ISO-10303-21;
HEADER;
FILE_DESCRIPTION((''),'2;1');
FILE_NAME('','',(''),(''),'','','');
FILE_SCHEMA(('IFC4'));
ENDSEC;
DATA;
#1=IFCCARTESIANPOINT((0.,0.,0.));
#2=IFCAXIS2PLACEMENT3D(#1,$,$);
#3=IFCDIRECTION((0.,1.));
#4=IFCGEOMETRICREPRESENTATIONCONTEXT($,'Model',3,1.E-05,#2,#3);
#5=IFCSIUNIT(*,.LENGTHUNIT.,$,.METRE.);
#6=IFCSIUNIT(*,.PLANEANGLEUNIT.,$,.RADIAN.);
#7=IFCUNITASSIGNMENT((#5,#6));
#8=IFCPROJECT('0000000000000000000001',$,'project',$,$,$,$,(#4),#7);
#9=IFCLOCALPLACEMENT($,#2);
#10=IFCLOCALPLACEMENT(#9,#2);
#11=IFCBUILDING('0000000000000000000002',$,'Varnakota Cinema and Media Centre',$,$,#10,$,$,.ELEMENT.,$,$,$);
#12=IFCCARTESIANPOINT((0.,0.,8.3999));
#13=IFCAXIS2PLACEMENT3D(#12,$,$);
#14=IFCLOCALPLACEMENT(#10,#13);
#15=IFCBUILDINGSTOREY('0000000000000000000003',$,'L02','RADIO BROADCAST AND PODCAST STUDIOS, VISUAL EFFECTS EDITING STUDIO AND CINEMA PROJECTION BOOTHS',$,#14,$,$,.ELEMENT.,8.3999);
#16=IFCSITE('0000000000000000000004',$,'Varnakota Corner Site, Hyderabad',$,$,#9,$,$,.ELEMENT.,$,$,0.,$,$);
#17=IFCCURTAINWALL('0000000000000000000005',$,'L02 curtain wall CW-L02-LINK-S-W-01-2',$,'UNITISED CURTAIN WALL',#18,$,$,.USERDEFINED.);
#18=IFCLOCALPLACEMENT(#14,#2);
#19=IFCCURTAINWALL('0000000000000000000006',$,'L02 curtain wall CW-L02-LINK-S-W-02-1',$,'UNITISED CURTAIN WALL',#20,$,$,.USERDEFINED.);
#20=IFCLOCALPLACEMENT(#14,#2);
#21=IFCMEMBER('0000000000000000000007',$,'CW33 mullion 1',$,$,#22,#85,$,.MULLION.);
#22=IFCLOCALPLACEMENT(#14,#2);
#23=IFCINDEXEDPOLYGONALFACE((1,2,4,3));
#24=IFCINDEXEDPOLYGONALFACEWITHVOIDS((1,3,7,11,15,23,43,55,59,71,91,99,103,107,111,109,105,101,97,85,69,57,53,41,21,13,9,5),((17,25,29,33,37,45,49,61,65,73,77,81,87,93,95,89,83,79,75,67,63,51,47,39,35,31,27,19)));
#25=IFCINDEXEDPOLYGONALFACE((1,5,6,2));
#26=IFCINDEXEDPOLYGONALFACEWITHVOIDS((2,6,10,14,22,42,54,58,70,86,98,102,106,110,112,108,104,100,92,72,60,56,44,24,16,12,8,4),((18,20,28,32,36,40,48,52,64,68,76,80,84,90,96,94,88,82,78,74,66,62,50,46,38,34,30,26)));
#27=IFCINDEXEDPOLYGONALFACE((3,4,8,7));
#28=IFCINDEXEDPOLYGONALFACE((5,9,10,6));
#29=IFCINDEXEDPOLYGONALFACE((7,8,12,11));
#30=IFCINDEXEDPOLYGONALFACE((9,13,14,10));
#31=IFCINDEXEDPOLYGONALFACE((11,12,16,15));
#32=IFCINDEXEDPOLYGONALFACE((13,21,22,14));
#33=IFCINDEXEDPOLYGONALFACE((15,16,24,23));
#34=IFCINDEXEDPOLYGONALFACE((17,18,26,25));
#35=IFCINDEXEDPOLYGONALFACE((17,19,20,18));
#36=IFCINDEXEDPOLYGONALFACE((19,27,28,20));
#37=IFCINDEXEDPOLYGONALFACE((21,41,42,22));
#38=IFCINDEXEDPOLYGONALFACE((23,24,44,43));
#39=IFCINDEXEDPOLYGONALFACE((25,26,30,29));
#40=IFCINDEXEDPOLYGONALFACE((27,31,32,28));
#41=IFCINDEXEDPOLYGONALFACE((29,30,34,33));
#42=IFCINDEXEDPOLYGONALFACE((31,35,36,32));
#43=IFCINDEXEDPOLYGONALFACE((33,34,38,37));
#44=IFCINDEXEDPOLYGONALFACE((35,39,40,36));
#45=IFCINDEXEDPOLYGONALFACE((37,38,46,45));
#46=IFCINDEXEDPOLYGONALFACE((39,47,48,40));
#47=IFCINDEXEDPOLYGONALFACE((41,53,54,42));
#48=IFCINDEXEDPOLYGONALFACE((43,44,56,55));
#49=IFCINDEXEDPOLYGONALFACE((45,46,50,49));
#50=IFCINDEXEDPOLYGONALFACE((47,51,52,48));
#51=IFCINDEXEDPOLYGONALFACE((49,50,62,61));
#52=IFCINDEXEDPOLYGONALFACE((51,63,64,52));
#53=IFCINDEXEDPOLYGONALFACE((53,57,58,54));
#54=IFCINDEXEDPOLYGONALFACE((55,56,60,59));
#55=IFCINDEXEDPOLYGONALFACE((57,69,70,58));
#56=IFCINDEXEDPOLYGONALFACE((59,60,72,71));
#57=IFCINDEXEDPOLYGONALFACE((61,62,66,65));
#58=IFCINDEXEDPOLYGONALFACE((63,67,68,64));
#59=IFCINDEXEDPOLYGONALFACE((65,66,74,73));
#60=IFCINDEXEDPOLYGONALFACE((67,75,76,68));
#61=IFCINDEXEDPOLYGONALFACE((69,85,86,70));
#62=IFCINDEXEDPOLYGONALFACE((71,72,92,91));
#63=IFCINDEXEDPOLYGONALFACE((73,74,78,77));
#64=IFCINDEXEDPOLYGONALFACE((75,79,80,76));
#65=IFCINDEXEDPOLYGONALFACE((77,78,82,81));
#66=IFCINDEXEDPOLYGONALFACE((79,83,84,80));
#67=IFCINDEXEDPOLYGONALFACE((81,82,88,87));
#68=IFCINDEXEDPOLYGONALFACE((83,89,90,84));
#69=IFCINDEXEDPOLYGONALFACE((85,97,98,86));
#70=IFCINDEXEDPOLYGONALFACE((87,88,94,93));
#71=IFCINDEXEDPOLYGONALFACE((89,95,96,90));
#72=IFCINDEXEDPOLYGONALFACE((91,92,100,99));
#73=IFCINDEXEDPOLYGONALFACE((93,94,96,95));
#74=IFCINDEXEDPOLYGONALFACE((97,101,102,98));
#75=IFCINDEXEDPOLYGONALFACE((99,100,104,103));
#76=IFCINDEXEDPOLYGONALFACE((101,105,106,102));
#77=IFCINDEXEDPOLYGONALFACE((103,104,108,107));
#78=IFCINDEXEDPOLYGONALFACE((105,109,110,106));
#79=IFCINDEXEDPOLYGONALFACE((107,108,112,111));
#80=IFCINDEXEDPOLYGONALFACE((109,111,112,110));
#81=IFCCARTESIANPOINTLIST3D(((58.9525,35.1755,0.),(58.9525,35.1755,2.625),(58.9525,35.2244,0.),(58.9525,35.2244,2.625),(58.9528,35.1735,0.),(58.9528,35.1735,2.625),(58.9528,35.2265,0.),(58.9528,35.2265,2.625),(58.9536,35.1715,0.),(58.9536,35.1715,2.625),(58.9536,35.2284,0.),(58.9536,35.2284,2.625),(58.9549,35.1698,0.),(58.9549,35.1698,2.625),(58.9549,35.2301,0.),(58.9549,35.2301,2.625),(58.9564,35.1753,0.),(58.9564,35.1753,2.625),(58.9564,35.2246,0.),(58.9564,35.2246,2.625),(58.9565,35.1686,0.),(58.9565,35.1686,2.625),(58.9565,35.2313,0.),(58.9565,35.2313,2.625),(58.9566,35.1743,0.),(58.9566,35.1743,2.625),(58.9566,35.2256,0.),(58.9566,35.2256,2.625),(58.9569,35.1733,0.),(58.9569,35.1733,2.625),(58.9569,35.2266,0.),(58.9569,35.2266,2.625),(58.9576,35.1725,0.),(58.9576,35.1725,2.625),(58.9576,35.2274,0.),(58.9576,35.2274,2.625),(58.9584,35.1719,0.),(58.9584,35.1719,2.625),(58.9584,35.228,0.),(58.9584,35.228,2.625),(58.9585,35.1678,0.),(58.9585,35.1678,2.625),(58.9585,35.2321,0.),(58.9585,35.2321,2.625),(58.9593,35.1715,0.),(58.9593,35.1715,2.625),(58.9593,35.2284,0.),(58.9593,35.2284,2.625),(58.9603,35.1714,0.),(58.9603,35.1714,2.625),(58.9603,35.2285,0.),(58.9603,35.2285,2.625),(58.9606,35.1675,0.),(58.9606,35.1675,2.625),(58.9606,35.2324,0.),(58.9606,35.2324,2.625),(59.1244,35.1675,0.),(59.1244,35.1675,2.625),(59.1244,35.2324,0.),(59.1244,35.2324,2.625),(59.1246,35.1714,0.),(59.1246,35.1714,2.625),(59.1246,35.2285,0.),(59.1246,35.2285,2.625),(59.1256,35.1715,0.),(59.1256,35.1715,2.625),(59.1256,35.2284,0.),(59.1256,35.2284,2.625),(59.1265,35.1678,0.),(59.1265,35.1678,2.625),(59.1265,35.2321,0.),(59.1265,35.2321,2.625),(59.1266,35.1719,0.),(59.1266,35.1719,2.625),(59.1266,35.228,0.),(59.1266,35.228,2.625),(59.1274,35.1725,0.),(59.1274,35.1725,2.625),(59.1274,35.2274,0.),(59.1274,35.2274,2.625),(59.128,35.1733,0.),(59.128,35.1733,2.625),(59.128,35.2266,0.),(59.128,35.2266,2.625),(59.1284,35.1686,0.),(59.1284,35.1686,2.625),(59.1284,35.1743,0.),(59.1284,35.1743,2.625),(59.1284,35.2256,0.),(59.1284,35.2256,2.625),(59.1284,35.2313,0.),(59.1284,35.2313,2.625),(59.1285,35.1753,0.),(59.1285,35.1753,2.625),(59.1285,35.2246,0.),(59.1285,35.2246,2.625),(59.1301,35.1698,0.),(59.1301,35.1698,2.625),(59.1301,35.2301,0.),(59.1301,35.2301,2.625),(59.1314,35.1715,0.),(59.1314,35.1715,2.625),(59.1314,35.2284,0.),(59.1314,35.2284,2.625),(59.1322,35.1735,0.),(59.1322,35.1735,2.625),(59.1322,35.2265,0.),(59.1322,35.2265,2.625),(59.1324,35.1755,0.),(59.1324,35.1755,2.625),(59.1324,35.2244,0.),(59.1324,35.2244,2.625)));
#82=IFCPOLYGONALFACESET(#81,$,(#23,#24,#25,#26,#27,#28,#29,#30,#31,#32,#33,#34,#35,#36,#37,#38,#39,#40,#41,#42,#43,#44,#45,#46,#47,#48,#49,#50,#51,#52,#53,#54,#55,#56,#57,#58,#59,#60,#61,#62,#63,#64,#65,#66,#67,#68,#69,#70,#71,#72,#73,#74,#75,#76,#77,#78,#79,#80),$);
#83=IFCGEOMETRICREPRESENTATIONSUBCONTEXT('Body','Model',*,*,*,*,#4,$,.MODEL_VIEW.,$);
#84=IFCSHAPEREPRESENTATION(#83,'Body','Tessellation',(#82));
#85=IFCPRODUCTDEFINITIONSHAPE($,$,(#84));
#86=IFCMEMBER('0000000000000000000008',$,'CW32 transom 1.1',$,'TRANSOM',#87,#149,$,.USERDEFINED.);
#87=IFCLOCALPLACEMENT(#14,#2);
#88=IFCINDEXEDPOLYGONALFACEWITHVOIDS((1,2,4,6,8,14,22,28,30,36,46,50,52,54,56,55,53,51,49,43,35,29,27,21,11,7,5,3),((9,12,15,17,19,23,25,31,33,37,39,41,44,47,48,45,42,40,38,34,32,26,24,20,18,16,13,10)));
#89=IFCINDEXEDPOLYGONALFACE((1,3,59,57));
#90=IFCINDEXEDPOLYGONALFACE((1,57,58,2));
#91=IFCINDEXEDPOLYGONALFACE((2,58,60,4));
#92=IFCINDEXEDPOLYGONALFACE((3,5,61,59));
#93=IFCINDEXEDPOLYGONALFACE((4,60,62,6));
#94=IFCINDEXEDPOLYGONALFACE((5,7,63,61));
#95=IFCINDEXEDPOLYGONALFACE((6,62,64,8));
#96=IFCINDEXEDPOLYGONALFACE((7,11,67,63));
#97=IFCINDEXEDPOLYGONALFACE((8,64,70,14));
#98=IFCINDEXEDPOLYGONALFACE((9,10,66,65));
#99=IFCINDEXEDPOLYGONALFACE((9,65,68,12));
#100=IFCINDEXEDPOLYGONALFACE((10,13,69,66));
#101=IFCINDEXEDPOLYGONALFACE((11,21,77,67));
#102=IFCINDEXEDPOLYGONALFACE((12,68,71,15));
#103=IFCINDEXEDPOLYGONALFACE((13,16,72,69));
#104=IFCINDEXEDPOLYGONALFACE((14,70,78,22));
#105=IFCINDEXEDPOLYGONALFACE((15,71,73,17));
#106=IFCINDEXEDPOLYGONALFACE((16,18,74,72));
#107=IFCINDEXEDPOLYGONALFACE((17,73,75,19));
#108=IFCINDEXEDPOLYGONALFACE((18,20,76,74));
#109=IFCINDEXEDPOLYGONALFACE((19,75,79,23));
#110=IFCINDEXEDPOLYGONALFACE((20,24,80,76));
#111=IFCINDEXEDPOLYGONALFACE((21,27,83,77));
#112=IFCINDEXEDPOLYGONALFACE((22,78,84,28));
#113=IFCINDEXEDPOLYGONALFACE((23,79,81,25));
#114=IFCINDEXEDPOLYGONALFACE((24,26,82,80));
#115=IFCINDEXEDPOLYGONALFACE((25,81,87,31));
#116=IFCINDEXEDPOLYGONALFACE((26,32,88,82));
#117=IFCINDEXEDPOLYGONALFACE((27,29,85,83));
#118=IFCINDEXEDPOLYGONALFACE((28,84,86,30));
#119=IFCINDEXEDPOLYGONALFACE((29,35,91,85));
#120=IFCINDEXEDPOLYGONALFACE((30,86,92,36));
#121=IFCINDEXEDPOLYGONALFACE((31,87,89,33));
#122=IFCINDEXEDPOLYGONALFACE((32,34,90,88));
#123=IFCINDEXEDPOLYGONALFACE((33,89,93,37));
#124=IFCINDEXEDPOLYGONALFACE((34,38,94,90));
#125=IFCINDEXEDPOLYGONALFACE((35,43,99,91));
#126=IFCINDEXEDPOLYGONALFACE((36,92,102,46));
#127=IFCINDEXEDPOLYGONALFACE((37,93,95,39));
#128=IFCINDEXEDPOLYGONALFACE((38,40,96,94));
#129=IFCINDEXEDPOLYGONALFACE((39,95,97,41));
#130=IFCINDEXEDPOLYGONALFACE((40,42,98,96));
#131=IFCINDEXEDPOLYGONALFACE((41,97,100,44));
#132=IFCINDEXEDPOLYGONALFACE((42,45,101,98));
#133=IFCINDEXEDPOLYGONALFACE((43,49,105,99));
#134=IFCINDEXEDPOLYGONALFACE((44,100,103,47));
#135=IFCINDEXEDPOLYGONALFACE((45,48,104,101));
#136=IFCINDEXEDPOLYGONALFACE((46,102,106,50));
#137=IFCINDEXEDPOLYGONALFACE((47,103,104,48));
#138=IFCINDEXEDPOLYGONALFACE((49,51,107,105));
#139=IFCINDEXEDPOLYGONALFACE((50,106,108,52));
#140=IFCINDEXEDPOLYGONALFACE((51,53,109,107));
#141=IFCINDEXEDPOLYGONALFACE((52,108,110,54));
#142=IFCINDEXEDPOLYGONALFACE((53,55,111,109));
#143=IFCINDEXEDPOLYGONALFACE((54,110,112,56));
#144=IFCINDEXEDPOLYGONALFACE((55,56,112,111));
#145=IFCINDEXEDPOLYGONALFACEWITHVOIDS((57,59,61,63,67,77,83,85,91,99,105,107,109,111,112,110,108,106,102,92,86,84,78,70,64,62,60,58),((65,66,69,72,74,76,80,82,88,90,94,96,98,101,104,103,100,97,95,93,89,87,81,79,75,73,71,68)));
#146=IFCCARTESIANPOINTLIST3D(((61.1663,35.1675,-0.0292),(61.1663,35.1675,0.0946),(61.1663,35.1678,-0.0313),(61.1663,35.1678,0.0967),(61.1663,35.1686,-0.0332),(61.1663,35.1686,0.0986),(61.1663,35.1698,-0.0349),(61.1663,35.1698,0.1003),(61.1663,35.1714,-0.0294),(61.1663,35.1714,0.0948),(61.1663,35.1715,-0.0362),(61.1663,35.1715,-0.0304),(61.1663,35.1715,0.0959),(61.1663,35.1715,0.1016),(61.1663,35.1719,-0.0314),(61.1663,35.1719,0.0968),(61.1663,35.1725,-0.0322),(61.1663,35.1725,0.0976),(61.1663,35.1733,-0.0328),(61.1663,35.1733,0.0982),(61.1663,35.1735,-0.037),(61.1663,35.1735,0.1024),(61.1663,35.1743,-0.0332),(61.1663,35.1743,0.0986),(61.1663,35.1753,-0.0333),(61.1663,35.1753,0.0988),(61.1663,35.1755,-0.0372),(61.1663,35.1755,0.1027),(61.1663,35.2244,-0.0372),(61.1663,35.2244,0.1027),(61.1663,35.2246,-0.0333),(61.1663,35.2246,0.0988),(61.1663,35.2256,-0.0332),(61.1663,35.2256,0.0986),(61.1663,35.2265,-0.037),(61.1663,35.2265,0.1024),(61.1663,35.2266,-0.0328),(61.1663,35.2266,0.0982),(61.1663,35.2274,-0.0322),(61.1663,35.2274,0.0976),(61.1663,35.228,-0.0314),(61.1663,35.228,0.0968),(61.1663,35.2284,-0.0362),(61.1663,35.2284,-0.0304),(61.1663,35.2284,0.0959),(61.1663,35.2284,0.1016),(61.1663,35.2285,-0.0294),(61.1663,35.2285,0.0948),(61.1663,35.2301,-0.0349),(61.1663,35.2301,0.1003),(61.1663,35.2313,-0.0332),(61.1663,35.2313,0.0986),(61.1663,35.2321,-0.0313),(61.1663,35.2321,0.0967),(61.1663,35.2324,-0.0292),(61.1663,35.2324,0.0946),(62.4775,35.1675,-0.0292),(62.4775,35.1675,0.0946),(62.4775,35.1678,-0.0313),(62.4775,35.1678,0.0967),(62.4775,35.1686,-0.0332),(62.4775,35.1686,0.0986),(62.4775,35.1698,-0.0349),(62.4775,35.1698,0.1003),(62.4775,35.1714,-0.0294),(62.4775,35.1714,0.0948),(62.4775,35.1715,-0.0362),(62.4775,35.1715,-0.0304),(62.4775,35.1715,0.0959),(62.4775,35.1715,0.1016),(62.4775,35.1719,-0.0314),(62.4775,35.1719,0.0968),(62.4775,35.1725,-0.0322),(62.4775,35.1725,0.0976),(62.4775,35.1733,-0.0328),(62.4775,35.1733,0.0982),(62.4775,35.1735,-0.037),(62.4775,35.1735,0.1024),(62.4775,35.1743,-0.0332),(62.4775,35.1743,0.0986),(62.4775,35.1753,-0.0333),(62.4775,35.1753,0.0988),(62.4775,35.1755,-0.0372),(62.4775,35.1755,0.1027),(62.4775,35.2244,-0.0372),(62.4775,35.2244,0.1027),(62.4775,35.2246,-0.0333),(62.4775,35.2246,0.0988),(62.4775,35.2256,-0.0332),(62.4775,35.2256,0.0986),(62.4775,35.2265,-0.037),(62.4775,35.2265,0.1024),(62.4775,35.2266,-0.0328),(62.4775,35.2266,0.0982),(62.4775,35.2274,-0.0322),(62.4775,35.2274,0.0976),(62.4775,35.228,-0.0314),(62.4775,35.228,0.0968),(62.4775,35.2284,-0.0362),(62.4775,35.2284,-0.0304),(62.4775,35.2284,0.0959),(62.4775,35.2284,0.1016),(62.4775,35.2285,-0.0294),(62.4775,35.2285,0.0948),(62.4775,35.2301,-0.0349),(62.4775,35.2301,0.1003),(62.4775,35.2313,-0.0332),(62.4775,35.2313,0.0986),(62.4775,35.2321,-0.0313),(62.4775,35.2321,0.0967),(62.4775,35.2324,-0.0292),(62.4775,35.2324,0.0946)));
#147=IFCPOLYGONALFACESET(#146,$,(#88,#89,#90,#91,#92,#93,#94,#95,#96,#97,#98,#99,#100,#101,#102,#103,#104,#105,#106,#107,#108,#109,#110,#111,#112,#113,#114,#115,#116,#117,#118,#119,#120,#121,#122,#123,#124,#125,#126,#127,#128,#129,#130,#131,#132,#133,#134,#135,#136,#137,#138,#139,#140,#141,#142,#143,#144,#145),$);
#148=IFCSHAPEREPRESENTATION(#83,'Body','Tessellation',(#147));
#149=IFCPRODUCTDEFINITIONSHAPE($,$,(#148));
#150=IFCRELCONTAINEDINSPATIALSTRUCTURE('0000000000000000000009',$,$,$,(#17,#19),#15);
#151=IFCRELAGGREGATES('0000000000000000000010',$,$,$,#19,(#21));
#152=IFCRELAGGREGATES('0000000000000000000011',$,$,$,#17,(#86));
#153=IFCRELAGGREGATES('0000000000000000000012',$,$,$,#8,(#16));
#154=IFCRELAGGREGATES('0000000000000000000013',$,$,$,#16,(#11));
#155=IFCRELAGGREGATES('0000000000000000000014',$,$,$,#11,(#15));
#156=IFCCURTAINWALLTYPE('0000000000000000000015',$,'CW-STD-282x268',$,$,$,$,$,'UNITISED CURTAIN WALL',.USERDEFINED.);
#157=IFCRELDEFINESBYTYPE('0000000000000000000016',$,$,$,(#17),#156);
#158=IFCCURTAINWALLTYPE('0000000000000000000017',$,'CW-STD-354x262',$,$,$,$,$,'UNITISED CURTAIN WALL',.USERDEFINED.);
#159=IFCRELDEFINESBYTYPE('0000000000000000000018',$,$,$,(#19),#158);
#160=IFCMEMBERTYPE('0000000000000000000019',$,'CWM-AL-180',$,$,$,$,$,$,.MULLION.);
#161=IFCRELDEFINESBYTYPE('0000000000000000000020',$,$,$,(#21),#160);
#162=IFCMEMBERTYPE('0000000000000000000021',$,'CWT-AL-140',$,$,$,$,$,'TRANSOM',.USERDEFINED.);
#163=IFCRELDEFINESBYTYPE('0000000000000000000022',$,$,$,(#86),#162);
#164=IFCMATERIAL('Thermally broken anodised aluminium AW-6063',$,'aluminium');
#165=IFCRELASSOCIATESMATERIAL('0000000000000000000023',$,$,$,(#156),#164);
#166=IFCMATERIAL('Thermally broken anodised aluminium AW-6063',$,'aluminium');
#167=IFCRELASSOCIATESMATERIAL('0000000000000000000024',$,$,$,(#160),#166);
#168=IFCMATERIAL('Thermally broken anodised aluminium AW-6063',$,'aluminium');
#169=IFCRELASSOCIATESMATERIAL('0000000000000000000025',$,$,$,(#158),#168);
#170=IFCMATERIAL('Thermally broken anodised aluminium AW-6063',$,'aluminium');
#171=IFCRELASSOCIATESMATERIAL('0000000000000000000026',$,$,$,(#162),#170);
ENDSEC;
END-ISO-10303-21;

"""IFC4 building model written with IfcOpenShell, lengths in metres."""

from ifc_helpers import new_model, si_unit, direction, frame, origin, origin_2d, place, context, subcontext, project, spatial, hollow_rectangle, extrude, material, material_profile, profile_set, type_object, element, aggregate, save


model = new_model("IFC4")

# Units and contexts
model_context = context("Model", 3, precision=1e-05, world=origin(), true_north=direction((0.0, 1.0)))
body_context = subcontext(model_context, "Body", "Model", "MODEL_VIEW")
ifc_project = project(units=[si_unit("LENGTHUNIT", "METRE"), si_unit("PLANEANGLEUNIT", "RADIAN")], contexts=[model_context])

# Site, building, storey
site_placement = place(None, origin())
site = spatial("IfcSite", under=ifc_project, at=site_placement, Name="Varnakota Corner Site, Hyderabad", CompositionType="ELEMENT", RefElevation=0.0)
building_placement = place(site_placement, origin())
building = spatial("IfcBuilding", under=site, at=building_placement, Name="Varnakota Cinema and Media Centre", CompositionType="ELEMENT")
storey_placement = place(building_placement, frame((0.0, 0.0, 8.3999)))
storey = spatial("IfcBuildingStorey", under=building, at=storey_placement, Name="L02", Description="RADIO BROADCAST AND PODCAST STUDIOS, VISUAL EFFECTS EDITING STUDIO AND CINEMA PROJECTION BOOTHS", CompositionType="ELEMENT", Elevation=8.3999)

# Shared definitions
ifc_material_1 = material(Name="Thermally broken anodised aluminium AW-6063", Category="aluminium")
curtain_wall_type_1 = type_object("IfcCurtainWallType", Name="CW-STD-282x268", ElementType="UNITISED CURTAIN WALL", PredefinedType="USERDEFINED", material=ifc_material_1)
ifc_material_2 = material(Name="Thermally broken anodised aluminium AW-6063", Category="aluminium")
ifc_material_profile_1 = material_profile(ifc_material_2, hollow_rectangle(XDim=0.0649, YDim=0.1799, WallThickness=0.0039, InnerFilletRadius=0.0039, OuterFilletRadius=0.0081, at=origin_2d()), Name="AL-MULLION 180x65x4")
ifc_profile_set_1 = profile_set([ifc_material_profile_1], Name="Thermally broken anodised aluminium AW-6063")
member_type_1 = type_object("IfcMemberType", Name="CWM-AL-180", PredefinedType="MULLION", material=ifc_profile_set_1)

# Curtain wall
curtain_wall_1_placement = place(storey_placement, origin())
curtain_wall_1 = element("IfcCurtainWall", 1, at=curtain_wall_1_placement, inside=storey, type_object=curtain_wall_type_1, Name="L02 curtain wall CW-L02-LINK-S-W-01-2", ObjectType="UNITISED CURTAIN WALL", PredefinedType="USERDEFINED")

# Curtain wall, member
ifc_material_3 = material(Name="Thermally broken anodised aluminium AW-6063", Category="aluminium")
curtain_wall_type_2 = type_object("IfcCurtainWallType", Name="CW-STD-354x262", ElementType="UNITISED CURTAIN WALL", PredefinedType="USERDEFINED", material=ifc_material_3)
curtain_wall_2_placement = place(storey_placement, origin())
curtain_wall_2 = element("IfcCurtainWall", 2, at=curtain_wall_2_placement, inside=storey, type_object=curtain_wall_type_2, Name="L02 curtain wall CW-L02-LINK-S-W-02-1", ObjectType="UNITISED CURTAIN WALL", PredefinedType="USERDEFINED")
member_1_placement = place(storey_placement, frame((59.0425, 35.2, 0.0), z_axis=(0.0, 0.0, 1.0), x_axis=(0.0, -1.0, 0.0)))
member_1 = element("IfcMember", 3, at=member_1_placement, type_object=member_type_1, Name="CW33 mullion 1", PredefinedType="MULLION", context=body_context, shape_type="SweptSolid", body=[
    extrude(hollow_rectangle(XDim=0.0649, YDim=0.1799, WallThickness=0.0039, InnerFilletRadius=0.0039, OuterFilletRadius=0.0081, at=origin_2d()), origin(), (0.0, 0.0, 1.0), 2.625),
])

# Member
ifc_material_4 = material(Name="Thermally broken anodised aluminium AW-6063", Category="aluminium")
ifc_material_profile_2 = material_profile(ifc_material_4, hollow_rectangle(XDim=0.0649, YDim=0.1399, WallThickness=0.0039, InnerFilletRadius=0.0039, OuterFilletRadius=0.0081, at=origin_2d()), Name="AL-TRANSOM 140x65x4")
ifc_profile_set_2 = profile_set([ifc_material_profile_2], Name="Thermally broken anodised aluminium AW-6063")
member_type_2 = type_object("IfcMemberType", Name="CWT-AL-140", ElementType="TRANSOM", PredefinedType="USERDEFINED", material=ifc_profile_set_2)
member_2_placement = place(storey_placement, frame((62.4775, 35.2, 0.0327), z_axis=(-1.0, 0.0, 0.0), x_axis=(0.0, -1.0, 0.0)))
member_2 = element("IfcMember", 4, at=member_2_placement, type_object=member_type_2, Name="CW32 transom 1.1", ObjectType="TRANSOM", PredefinedType="USERDEFINED", context=body_context, shape_type="SweptSolid", body=[
    extrude(hollow_rectangle(XDim=0.0649, YDim=0.1399, WallThickness=0.0039, InnerFilletRadius=0.0039, OuterFilletRadius=0.0081, at=origin_2d()), origin(), (0.0, 0.0, 1.0), 1.3113),
])
aggregate(curtain_wall_2, [member_1])

aggregate(curtain_wall_1, [member_2])

save(model, "model.ifc")
